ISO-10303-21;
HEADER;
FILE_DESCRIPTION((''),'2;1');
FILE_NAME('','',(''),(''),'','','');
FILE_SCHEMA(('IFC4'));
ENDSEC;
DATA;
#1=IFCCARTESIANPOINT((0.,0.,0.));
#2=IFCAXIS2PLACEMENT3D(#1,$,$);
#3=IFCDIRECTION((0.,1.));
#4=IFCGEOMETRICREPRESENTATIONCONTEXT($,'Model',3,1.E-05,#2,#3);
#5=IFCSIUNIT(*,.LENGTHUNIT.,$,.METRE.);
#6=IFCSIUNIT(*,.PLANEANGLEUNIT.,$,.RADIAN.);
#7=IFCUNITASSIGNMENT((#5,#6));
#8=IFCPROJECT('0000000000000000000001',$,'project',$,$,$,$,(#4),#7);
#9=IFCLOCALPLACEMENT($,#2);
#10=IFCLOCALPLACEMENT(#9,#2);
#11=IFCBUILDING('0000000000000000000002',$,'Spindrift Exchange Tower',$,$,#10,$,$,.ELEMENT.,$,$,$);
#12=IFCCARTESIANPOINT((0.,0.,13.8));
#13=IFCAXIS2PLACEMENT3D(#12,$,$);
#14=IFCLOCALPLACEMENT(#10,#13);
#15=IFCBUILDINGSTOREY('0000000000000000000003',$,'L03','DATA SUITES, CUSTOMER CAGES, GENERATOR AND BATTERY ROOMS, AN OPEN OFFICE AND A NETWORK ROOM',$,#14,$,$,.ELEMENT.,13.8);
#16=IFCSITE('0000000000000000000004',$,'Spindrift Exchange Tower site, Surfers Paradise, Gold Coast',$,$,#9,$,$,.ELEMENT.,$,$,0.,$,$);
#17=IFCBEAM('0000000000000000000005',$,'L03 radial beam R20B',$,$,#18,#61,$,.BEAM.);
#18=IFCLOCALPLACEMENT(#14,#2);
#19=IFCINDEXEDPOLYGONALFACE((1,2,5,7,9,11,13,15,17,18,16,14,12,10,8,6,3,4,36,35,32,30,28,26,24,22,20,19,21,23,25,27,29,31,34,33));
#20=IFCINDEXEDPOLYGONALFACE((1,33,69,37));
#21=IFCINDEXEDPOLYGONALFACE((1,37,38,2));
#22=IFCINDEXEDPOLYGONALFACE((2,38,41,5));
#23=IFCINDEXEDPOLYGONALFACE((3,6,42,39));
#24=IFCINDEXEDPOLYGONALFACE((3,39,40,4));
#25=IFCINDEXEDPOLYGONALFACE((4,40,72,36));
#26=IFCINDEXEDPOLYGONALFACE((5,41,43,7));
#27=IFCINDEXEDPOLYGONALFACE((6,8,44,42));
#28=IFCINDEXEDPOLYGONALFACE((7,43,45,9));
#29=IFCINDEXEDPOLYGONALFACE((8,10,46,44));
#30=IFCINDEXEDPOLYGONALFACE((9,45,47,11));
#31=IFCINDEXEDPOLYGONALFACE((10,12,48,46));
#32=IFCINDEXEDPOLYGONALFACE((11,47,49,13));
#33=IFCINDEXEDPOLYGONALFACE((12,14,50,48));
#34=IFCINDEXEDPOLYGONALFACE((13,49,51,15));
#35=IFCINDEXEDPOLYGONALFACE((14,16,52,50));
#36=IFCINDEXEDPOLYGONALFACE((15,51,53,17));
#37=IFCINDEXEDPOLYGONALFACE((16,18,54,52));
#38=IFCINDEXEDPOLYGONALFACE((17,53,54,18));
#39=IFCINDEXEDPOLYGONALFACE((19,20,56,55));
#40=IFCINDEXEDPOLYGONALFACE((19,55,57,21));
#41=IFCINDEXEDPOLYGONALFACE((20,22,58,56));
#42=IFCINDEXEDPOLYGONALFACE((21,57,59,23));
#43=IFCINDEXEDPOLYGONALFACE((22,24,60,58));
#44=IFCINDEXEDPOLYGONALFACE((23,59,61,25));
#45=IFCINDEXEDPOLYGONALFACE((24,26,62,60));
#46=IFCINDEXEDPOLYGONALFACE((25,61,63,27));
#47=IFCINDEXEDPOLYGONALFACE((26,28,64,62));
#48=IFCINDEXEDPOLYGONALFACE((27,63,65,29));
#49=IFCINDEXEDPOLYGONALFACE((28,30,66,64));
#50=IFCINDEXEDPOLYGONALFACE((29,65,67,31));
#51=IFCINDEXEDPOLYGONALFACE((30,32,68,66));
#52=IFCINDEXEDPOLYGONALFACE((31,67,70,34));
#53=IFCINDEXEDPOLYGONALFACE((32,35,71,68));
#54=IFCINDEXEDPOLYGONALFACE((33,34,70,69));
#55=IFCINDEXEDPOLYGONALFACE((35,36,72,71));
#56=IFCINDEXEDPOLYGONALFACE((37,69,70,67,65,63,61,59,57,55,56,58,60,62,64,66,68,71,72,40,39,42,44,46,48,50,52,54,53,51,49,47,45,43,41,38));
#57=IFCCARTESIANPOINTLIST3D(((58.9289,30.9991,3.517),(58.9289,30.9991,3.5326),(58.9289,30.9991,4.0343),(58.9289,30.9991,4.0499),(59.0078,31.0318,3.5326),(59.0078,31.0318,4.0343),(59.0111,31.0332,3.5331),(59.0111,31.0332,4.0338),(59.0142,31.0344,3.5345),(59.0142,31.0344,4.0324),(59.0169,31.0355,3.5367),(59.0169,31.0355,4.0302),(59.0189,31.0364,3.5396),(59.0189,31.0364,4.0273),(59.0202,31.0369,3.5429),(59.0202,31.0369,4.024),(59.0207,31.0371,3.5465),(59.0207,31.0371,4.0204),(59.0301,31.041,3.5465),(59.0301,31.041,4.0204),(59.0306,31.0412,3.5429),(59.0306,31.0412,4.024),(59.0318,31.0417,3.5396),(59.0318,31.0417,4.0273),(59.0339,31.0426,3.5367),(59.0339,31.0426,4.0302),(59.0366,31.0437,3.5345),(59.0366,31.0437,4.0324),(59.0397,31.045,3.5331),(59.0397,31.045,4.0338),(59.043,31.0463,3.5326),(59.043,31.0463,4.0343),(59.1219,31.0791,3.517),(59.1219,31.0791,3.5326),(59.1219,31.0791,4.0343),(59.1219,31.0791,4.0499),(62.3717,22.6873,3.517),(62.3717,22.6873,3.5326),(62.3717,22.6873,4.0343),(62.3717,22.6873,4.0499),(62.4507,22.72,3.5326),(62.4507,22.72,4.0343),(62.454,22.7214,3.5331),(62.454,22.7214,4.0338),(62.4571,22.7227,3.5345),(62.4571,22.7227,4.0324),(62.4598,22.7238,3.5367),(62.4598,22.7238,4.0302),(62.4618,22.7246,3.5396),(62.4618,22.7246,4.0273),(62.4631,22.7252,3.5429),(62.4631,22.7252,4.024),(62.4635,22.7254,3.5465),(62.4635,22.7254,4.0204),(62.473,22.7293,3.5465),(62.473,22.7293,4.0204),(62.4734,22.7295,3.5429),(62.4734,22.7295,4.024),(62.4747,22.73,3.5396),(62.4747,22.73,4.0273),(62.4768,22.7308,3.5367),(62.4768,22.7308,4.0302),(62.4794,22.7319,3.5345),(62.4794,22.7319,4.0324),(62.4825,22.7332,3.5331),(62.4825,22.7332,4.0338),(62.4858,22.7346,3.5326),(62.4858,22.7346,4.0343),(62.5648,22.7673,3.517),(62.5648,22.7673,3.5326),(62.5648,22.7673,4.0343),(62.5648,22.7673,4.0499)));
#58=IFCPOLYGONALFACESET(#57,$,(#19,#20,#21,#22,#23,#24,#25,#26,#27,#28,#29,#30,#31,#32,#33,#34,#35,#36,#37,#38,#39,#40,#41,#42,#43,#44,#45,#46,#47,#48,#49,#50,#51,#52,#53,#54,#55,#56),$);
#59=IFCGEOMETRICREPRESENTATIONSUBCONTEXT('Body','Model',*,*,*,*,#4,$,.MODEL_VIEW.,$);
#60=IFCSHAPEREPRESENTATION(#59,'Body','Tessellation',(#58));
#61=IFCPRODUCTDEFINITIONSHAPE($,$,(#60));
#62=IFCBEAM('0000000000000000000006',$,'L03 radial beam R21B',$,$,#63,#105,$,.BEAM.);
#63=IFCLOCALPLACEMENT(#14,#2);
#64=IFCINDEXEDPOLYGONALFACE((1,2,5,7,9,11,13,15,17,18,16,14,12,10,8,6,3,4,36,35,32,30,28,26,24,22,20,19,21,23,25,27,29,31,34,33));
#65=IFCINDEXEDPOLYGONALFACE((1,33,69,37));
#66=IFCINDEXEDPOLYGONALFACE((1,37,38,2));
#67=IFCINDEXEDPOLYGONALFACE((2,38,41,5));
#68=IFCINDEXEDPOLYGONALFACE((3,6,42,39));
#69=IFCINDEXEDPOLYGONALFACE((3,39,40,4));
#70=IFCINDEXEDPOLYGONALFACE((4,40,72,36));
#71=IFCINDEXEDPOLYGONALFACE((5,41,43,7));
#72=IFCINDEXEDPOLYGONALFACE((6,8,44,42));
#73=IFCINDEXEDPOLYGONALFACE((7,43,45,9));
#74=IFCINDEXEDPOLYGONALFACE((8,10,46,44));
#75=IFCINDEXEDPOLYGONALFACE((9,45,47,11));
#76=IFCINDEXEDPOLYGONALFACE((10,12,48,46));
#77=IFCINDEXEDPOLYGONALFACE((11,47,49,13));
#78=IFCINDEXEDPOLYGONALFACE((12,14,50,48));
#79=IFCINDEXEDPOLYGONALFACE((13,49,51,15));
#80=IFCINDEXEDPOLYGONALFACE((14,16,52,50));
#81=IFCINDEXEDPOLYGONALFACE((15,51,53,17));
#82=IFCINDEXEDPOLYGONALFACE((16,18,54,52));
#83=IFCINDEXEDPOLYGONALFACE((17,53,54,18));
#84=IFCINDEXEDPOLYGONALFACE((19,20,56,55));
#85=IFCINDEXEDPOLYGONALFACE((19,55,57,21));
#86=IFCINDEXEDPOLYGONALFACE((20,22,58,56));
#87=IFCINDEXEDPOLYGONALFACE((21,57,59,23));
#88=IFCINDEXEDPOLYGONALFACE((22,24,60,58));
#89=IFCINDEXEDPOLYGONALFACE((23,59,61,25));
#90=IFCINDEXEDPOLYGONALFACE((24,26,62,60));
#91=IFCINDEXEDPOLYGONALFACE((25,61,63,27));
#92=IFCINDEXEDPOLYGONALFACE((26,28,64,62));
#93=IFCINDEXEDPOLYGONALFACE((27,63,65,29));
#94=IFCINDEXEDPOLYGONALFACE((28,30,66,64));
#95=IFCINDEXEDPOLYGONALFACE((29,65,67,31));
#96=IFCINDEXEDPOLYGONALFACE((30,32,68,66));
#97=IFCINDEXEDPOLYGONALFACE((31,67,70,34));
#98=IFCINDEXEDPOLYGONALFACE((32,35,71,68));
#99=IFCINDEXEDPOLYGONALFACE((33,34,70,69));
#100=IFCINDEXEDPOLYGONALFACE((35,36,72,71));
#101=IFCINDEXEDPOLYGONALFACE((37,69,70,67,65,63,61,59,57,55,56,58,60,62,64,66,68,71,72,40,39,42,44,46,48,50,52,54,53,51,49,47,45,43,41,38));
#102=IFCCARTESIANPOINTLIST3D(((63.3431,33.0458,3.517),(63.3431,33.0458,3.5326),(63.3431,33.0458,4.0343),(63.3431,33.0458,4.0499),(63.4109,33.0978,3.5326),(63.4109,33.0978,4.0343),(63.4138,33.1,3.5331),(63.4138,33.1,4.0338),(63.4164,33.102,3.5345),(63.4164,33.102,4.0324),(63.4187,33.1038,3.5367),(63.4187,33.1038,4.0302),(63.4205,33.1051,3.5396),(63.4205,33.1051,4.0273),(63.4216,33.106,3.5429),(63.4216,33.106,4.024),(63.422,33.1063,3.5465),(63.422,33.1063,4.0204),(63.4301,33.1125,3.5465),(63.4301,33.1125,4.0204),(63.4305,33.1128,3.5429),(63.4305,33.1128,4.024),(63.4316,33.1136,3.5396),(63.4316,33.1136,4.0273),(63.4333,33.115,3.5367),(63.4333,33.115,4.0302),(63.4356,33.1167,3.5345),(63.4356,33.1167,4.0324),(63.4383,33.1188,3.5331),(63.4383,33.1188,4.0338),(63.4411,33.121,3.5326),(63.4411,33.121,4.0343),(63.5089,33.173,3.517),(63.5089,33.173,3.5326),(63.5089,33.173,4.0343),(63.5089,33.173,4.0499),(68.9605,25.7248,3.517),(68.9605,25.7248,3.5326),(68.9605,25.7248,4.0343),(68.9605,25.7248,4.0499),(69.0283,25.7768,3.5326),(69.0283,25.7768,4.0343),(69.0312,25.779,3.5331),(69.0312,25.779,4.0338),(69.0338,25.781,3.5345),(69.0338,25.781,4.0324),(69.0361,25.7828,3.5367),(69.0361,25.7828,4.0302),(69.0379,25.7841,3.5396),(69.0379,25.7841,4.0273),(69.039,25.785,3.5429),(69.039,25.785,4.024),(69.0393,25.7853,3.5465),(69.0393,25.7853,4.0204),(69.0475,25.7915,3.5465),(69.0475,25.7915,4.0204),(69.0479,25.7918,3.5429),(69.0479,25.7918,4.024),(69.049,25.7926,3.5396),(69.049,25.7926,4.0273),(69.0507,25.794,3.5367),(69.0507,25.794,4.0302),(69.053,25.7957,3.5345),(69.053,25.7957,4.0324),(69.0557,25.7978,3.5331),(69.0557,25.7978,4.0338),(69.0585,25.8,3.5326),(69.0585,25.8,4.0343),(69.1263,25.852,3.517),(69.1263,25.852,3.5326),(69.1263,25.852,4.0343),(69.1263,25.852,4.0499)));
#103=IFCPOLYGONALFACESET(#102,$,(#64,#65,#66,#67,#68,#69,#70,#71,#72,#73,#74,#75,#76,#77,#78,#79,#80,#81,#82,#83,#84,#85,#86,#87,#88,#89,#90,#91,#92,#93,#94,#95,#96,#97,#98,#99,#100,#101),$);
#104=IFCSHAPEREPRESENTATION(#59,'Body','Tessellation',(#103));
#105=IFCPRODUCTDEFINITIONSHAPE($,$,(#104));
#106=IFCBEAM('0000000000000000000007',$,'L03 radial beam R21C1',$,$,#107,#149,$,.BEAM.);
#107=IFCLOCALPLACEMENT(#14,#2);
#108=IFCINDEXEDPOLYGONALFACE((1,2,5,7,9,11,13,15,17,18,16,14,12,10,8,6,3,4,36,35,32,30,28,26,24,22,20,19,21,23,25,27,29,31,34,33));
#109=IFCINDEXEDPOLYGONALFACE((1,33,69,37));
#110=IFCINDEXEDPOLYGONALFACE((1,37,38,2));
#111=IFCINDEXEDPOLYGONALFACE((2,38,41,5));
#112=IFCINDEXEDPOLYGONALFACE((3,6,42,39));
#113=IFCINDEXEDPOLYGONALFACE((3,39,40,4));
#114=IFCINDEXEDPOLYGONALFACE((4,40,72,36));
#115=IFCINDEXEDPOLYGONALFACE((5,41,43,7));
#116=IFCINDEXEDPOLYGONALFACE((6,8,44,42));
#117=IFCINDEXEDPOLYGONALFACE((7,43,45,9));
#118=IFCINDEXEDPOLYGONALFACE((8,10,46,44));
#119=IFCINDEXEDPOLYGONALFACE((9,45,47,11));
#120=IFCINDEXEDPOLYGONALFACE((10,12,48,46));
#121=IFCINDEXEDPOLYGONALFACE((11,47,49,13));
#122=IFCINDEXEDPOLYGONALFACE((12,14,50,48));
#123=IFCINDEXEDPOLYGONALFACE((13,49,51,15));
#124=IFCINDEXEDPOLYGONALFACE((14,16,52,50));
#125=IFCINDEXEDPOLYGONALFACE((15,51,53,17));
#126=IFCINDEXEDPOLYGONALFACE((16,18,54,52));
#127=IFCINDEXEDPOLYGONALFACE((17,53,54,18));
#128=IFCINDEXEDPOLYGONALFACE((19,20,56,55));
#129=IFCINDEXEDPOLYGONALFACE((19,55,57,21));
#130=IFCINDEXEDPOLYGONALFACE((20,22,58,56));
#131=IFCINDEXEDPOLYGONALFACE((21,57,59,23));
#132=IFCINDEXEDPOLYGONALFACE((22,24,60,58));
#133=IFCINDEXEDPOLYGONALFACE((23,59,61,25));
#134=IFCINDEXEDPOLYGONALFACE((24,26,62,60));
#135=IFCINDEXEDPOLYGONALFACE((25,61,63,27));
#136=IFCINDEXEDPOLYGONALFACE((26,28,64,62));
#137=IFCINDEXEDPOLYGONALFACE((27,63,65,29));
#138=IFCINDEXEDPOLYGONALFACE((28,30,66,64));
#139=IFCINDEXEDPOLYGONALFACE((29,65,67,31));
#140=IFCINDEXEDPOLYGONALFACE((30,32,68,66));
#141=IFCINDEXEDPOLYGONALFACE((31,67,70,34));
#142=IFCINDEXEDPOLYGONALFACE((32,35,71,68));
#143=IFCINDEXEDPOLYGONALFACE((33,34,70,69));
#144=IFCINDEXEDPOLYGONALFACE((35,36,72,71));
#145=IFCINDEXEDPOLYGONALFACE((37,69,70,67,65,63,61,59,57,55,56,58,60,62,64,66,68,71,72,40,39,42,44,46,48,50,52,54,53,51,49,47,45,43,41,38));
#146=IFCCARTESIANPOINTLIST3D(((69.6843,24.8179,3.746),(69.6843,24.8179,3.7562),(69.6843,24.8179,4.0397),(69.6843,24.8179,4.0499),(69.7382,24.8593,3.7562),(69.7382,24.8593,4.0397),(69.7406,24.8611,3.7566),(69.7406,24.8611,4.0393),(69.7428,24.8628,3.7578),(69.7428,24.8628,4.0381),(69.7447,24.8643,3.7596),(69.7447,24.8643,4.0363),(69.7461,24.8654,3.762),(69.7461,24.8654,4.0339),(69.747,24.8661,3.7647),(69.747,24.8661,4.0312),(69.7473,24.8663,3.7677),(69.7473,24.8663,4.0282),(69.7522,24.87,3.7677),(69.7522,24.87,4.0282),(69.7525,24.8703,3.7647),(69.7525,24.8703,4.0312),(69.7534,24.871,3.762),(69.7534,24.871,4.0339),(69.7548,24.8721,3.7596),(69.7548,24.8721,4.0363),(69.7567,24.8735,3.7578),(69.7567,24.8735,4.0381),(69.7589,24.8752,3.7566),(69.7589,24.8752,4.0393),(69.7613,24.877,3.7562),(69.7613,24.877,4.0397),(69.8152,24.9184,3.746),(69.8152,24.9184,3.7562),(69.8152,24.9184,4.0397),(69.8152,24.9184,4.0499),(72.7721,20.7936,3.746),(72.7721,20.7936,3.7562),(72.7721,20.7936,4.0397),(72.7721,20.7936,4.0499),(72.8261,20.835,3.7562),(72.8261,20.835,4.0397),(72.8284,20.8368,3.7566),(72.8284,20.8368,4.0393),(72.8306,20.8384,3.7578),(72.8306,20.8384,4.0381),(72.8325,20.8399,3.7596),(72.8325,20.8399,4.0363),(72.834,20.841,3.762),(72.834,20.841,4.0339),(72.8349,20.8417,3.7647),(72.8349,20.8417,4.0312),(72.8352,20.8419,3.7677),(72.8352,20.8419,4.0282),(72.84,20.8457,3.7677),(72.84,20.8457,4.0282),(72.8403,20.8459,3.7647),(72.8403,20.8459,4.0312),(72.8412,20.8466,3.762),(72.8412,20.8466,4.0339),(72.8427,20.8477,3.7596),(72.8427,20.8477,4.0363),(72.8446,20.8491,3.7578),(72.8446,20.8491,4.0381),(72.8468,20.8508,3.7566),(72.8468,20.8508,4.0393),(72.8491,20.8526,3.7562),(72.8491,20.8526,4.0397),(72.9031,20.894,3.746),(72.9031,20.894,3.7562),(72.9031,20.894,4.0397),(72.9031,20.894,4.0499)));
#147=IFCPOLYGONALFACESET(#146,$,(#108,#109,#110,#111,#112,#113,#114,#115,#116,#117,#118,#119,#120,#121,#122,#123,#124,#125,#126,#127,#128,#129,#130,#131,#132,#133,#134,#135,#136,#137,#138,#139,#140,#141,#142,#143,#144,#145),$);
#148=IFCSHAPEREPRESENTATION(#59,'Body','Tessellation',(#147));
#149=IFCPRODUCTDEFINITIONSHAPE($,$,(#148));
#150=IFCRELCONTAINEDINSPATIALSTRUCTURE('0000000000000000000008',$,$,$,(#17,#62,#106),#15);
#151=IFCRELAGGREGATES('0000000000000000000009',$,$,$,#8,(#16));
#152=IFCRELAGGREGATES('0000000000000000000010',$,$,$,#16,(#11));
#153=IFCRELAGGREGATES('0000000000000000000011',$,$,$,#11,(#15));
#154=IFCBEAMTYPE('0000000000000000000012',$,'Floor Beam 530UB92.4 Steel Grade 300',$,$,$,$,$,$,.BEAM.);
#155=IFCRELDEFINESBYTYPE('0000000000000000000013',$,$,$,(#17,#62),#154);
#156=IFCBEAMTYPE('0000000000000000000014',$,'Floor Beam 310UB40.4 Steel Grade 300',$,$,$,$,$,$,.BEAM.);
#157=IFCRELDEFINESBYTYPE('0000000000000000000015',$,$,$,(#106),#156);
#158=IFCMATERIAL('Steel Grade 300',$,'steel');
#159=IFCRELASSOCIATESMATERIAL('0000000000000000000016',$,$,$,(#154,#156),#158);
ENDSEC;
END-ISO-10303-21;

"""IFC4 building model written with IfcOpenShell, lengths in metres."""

from ifc_helpers import new_model, si_unit, direction, frame, origin, origin_2d, place, context, subcontext, project, spatial, i_section, extrude, source, transform, mapped, material, material_profile, profile_set, type_object, element, save


model = new_model("IFC4")

# Units and contexts
model_context = context("Model", 3, precision=1e-05, world=origin(), true_north=direction((0.0, 1.0)))
body_context = subcontext(model_context, "Body", "Model", "MODEL_VIEW")
ifc_project = project(units=[si_unit("LENGTHUNIT", "METRE"), si_unit("PLANEANGLEUNIT", "RADIAN")], contexts=[model_context])

# Site, building, storey
site_placement = place(None, origin())
site = spatial("IfcSite", under=ifc_project, at=site_placement, Name="Spindrift Exchange Tower site, Surfers Paradise, Gold Coast", CompositionType="ELEMENT", RefElevation=0.0)
building_placement = place(site_placement, origin())
building = spatial("IfcBuilding", under=site, at=building_placement, Name="Spindrift Exchange Tower", CompositionType="ELEMENT")
storey_placement = place(building_placement, frame((0.0, 0.0, 13.8)))
storey = spatial("IfcBuildingStorey", under=building, at=storey_placement, Name="L03", Description="DATA SUITES, CUSTOMER CAGES, GENERATOR AND BATTERY ROOMS, AN OPEN OFFICE AND A NETWORK ROOM", CompositionType="ELEMENT", Elevation=13.8)

# Beams
ifc_material_1 = material(Name="Steel Grade 300", Category="steel")
ifc_material_profile_1 = material_profile(ifc_material_1, i_section(OverallWidth=0.209, OverallDepth=0.533, WebThickness=0.0103, FlangeThickness=0.0156, FilletRadius=0.0139, at=origin_2d()), Name="530UB92.4")
ifc_profile_set_1 = profile_set([ifc_material_profile_1], Name="Steel Grade 300")
beam_type_1 = type_object("IfcBeamType", Name="Floor Beam 530UB92.4 Steel Grade 300", PredefinedType="BEAM", material=ifc_profile_set_1)
shared_shape_1 = source(origin(), body_context, "Body", "SweptSolid", [
    extrude(i_section(OverallWidth=0.209, OverallDepth=0.533, WebThickness=0.0103, FlangeThickness=0.0156, FilletRadius=0.0139, at=origin_2d()), origin(), (0.0, 0.0, 1.0), 8.9966),
])
beam_1_placement = place(storey_placement, frame((59.0254, 31.0391, 3.7834), z_axis=(0.382686, -0.923879, 0.0), x_axis=(0.923879, 0.382686, 0.0)))
element("IfcBeam", 1, at=beam_1_placement, inside=storey, type_object=beam_type_1, Name="L03 radial beam R20B", PredefinedType="BEAM", context=body_context, shape_type="MappedRepresentation", body=[
    mapped(shared_shape_1, transform((0.0, 0.0, 0.0), scale=1.0)),
])
shared_shape_2 = source(origin(), body_context, "Body", "SweptSolid", [
    extrude(i_section(OverallWidth=0.209, OverallDepth=0.533, WebThickness=0.0103, FlangeThickness=0.0156, FilletRadius=0.0139, at=origin_2d()), origin(), (0.0, 0.0, 1.0), 9.2278),
])
beam_2_placement = place(storey_placement, frame((63.426, 33.1094, 3.7834), z_axis=(0.608748, -0.793364, 0.0), x_axis=(0.793364, 0.608748, 0.0)))
element("IfcBeam", 2, at=beam_2_placement, inside=storey, type_object=beam_type_1, Name="L03 radial beam R21B", PredefinedType="BEAM", context=body_context, shape_type="MappedRepresentation", body=[
    mapped(shared_shape_2, transform((0.0, 0.0, 0.0), scale=1.0)),
])
ifc_material_profile_2 = material_profile(ifc_material_1, i_section(OverallWidth=0.165, OverallDepth=0.304, WebThickness=0.0061, FlangeThickness=0.0103, FilletRadius=0.0115, at=origin_2d()), Name="310UB40.4")
ifc_profile_set_2 = profile_set([ifc_material_profile_2], Name="Steel Grade 300")
beam_type_2 = type_object("IfcBeamType", Name="Floor Beam 310UB40.4 Steel Grade 300", PredefinedType="BEAM", material=ifc_profile_set_2)
shared_shape_3 = source(origin(), body_context, "Body", "SweptSolid", [
    extrude(i_section(OverallWidth=0.165, OverallDepth=0.304, WebThickness=0.0061, FlangeThickness=0.0103, FilletRadius=0.0115, at=origin_2d()), origin(), (0.0, 0.0, 1.0), 5.0725),
])
beam_3_placement = place(storey_placement, frame((69.7498, 24.8682, 3.8979), z_axis=(0.608743, -0.793368, 0.0), x_axis=(0.793368, 0.608743, 0.0)))
element("IfcBeam", 3, at=beam_3_placement, inside=storey, type_object=beam_type_2, Name="L03 radial beam R21C1", PredefinedType="BEAM", context=body_context, shape_type="MappedRepresentation", body=[
    mapped(shared_shape_3, transform((0.0, 0.0, 0.0), scale=1.0)),
])

save(model, "model.ifc")
